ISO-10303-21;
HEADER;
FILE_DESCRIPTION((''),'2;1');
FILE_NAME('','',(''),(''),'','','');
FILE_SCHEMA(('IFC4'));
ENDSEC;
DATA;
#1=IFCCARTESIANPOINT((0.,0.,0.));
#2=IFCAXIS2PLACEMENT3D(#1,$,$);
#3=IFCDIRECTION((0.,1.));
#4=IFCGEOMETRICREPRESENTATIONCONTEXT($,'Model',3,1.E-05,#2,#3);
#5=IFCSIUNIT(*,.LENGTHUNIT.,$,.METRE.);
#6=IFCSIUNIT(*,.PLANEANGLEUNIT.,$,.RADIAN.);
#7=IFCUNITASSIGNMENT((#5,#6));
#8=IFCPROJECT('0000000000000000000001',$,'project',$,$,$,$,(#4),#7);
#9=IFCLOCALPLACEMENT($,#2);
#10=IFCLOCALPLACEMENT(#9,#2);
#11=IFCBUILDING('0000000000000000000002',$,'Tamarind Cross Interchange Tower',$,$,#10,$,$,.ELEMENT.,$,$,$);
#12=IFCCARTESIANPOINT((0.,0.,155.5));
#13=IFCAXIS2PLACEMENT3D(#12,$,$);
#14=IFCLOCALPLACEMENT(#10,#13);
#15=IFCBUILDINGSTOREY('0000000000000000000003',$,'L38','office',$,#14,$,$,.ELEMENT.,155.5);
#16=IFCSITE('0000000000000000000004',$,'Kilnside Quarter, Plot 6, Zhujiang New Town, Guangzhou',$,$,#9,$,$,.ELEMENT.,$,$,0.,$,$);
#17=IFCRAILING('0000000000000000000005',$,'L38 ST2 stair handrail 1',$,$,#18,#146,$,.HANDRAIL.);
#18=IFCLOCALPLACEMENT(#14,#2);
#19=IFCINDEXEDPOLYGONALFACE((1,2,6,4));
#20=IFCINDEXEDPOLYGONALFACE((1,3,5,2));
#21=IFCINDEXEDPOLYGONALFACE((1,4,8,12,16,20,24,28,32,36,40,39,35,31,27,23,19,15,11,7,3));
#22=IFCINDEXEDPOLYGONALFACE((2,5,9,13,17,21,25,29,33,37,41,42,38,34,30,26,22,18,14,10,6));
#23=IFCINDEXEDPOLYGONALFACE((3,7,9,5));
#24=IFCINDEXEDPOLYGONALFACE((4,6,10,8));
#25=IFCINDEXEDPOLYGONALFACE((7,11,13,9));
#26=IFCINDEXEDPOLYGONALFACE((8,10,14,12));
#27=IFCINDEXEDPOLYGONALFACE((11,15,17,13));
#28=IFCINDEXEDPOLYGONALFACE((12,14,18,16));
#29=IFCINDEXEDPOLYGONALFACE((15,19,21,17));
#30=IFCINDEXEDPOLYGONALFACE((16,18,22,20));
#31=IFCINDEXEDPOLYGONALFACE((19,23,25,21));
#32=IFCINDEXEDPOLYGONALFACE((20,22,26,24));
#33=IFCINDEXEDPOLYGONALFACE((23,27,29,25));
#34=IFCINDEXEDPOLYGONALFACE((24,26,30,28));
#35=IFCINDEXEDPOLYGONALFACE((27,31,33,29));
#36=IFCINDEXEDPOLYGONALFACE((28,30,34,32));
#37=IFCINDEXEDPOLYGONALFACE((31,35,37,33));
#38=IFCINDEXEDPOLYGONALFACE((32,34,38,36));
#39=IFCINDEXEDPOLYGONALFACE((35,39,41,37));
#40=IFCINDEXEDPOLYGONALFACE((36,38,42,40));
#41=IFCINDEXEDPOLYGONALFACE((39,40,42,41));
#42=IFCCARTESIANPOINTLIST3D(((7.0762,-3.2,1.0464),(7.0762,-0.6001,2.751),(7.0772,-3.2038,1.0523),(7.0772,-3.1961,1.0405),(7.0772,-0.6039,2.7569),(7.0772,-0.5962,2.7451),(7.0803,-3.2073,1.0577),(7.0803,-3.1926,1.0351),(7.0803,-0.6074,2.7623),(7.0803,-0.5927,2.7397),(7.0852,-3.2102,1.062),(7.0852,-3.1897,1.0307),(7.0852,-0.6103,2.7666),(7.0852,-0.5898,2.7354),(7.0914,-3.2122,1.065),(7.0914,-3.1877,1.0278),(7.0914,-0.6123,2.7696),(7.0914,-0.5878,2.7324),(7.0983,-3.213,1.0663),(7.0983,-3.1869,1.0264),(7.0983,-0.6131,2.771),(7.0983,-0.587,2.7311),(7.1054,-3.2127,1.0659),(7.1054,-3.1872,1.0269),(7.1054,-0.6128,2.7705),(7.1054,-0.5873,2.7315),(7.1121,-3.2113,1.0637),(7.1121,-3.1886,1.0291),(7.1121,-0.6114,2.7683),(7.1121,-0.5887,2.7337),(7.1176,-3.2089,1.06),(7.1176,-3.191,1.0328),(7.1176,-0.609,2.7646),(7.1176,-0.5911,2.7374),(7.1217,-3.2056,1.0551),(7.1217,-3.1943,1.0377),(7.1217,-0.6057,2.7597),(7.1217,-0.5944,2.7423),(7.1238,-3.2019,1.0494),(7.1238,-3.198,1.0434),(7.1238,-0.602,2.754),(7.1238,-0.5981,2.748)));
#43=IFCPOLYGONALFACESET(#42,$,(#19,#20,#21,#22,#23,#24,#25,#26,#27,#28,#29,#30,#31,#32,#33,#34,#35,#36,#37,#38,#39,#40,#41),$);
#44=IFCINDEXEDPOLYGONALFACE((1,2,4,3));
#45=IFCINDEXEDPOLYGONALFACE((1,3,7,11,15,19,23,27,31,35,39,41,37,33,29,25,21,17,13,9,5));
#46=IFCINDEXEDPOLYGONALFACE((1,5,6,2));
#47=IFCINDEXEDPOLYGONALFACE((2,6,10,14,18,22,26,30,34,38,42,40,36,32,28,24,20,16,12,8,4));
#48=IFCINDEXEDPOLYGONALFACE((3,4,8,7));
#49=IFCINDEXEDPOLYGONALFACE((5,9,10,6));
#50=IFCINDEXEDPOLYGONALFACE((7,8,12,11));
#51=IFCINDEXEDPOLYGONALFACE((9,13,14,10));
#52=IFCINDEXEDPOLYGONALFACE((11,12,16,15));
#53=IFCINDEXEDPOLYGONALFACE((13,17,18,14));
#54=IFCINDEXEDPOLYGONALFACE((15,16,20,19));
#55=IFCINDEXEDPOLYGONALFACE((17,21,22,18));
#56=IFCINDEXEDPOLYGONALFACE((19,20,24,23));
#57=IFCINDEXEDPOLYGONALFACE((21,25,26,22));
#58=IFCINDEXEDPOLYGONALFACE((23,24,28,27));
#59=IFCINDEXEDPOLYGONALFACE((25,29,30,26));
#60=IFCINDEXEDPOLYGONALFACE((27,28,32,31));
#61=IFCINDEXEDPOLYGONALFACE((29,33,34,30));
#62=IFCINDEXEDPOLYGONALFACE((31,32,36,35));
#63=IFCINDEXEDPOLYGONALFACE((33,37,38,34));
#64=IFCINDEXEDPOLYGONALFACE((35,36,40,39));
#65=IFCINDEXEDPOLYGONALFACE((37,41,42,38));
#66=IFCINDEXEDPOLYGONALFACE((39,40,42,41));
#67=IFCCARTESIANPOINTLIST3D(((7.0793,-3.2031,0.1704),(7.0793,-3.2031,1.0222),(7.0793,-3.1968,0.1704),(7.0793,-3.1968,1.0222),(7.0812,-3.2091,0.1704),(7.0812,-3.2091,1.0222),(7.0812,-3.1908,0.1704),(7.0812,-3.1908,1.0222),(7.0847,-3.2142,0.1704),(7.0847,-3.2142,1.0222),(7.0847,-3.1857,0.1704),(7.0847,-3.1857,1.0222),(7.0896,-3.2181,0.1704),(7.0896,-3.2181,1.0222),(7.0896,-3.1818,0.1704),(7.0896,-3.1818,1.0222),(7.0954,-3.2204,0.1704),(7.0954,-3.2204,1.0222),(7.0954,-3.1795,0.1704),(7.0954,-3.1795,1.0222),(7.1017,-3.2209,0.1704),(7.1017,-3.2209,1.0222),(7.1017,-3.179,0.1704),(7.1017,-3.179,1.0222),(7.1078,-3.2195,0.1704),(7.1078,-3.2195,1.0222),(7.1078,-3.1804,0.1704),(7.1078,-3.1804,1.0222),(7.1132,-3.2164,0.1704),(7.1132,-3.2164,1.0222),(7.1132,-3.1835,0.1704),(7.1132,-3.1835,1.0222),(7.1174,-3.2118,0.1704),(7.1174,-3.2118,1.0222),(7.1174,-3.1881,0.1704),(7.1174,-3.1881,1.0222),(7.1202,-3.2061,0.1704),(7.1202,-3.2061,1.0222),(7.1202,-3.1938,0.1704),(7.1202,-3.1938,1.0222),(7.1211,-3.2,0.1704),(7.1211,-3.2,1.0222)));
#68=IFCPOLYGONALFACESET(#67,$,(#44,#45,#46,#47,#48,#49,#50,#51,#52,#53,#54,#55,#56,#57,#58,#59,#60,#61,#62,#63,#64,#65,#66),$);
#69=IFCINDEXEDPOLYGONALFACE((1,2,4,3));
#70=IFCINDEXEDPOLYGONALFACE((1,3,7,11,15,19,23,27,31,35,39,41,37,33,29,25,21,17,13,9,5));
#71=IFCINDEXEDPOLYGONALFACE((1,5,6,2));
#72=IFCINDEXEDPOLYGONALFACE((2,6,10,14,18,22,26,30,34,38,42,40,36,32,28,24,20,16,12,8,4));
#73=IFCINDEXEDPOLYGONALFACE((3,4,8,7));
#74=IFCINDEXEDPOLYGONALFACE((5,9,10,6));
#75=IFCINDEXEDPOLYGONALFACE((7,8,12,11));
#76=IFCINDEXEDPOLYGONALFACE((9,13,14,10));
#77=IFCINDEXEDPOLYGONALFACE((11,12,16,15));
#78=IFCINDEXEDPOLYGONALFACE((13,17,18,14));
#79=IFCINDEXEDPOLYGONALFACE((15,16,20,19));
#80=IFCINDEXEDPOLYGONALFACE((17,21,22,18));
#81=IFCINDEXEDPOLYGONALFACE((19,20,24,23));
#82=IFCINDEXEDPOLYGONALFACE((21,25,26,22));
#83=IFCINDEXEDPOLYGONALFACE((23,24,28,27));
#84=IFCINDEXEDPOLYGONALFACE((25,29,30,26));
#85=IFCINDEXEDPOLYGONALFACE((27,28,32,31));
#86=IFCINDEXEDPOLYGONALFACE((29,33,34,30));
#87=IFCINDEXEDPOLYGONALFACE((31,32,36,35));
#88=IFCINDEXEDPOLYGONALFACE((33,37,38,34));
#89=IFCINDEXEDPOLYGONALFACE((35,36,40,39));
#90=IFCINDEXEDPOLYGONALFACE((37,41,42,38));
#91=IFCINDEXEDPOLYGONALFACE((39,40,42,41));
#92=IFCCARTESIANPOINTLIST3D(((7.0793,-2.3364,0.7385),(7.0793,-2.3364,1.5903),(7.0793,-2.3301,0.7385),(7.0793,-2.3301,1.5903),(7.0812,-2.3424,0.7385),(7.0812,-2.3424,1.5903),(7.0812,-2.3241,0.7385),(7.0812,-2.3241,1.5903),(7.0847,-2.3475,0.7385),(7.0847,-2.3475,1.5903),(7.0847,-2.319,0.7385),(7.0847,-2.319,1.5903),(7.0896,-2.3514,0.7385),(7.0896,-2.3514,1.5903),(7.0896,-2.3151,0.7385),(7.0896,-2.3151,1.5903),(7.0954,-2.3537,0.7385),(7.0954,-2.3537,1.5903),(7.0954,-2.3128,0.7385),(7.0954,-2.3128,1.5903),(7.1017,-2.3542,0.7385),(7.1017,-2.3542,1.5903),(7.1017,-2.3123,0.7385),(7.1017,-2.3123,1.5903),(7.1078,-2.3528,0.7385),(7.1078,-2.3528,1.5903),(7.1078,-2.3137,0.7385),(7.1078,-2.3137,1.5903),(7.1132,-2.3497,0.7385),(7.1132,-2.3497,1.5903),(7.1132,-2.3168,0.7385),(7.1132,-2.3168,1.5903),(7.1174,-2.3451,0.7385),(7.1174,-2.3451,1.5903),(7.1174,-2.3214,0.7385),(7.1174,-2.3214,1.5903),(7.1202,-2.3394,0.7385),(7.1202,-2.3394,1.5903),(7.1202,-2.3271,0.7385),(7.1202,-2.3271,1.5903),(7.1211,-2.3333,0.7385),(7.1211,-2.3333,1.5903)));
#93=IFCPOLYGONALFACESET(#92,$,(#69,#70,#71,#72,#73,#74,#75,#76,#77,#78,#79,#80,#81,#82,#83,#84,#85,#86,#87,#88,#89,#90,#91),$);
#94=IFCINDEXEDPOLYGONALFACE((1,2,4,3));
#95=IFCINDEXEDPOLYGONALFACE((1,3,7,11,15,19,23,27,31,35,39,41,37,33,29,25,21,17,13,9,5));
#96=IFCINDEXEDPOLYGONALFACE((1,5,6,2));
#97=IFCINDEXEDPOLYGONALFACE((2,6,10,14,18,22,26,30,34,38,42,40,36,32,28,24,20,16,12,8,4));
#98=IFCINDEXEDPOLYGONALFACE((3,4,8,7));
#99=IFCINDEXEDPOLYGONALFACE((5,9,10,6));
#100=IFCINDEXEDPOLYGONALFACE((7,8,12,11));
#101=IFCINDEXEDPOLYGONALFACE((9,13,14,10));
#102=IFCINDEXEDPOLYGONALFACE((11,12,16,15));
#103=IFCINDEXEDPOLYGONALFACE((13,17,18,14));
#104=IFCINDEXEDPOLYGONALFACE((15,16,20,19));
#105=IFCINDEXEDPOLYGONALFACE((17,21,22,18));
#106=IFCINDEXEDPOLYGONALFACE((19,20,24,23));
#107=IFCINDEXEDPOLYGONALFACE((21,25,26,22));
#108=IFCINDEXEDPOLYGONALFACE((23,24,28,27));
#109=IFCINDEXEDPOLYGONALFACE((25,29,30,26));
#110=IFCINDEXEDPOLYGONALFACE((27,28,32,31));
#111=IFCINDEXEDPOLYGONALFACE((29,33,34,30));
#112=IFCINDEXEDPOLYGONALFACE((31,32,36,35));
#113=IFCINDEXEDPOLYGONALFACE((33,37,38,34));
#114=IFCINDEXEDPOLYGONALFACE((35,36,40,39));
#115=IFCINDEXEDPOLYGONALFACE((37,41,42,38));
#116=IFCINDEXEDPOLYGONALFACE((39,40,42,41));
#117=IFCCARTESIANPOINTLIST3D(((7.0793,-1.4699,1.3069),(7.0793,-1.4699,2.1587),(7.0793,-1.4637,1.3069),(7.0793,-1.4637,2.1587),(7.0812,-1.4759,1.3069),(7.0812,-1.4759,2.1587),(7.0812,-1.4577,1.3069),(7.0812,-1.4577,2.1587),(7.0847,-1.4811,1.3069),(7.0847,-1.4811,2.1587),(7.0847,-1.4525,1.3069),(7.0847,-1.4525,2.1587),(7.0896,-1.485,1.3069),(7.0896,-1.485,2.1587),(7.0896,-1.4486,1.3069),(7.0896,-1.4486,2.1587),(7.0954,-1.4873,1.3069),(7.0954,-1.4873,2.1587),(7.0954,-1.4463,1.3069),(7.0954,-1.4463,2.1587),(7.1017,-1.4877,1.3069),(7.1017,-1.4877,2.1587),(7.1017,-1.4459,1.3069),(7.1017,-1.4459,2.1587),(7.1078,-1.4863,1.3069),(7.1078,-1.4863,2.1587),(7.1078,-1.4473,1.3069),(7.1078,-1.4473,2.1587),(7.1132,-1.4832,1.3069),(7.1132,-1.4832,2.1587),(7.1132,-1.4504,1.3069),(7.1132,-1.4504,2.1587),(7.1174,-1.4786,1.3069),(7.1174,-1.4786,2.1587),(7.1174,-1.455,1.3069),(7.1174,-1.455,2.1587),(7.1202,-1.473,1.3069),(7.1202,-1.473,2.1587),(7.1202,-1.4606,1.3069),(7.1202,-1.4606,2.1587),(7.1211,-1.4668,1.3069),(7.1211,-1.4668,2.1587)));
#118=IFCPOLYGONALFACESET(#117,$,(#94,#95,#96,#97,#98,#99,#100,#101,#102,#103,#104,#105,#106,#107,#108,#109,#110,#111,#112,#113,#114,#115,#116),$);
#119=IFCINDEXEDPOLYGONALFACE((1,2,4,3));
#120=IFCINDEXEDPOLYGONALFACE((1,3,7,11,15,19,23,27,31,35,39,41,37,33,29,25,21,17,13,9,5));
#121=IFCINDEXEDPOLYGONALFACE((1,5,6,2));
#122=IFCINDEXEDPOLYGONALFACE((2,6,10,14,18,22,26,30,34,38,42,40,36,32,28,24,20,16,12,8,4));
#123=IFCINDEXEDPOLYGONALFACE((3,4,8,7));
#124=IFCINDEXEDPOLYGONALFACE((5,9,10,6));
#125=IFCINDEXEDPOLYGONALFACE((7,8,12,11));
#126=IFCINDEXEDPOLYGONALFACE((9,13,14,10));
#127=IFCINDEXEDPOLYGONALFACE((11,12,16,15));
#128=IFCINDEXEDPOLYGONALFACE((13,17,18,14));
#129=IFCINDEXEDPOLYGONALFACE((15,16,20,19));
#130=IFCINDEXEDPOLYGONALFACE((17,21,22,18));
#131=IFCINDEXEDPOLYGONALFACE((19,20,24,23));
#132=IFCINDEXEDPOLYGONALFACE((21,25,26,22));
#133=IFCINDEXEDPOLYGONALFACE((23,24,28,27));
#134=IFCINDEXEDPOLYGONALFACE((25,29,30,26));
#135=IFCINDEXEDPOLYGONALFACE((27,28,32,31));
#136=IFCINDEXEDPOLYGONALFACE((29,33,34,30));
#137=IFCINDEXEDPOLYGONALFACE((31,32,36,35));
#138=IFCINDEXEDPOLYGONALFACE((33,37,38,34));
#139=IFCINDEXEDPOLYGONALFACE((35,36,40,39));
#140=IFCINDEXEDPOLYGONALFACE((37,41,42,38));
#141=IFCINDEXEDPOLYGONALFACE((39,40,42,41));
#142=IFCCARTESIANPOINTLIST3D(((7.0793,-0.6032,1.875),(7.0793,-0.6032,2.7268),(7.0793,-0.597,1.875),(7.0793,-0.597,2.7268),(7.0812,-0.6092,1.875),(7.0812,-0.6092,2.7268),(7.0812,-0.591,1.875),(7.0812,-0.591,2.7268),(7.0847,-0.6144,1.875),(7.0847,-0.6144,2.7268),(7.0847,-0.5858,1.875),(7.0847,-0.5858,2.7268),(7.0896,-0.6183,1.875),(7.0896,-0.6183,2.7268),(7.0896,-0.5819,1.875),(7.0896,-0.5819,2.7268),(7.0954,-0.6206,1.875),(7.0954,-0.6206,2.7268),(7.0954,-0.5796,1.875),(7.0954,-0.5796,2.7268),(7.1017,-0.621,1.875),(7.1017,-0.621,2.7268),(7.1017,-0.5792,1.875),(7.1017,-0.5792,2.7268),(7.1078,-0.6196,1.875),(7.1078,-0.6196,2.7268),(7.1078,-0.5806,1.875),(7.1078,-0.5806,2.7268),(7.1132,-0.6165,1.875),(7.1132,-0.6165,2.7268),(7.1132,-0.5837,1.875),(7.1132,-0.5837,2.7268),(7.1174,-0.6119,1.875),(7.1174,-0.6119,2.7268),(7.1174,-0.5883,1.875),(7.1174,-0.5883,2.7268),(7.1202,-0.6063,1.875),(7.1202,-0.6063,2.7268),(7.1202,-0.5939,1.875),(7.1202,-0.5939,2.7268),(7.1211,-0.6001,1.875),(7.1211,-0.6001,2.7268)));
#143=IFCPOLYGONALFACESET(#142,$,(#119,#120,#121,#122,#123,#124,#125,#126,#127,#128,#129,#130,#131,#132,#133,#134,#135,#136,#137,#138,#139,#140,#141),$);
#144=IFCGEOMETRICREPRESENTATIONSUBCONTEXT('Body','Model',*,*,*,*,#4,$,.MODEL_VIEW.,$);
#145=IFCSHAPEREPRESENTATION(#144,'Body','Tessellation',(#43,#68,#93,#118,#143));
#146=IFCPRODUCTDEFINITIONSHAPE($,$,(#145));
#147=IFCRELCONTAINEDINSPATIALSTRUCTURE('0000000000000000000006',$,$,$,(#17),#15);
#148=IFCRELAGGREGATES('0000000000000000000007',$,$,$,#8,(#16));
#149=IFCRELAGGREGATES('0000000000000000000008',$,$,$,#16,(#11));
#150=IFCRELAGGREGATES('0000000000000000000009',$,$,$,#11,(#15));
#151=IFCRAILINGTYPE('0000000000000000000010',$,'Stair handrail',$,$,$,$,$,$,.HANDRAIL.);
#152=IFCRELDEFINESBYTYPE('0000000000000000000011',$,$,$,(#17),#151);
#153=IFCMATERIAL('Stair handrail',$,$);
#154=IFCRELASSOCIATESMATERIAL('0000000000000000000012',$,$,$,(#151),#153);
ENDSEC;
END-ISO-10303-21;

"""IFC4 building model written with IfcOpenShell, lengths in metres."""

from ifc_helpers import new_model, si_unit, direction, frame, origin, origin_2d, place, context, subcontext, project, spatial, circle, extrude, material, type_object, element, save


model = new_model("IFC4")

# Units and contexts
model_context = context("Model", 3, precision=1e-05, world=origin(), true_north=direction((0.0, 1.0)))
body_context = subcontext(model_context, "Body", "Model", "MODEL_VIEW")
ifc_project = project(units=[si_unit("LENGTHUNIT", "METRE"), si_unit("PLANEANGLEUNIT", "RADIAN")], contexts=[model_context])

# Site, building, storey
site_placement = place(None, origin())
site = spatial("IfcSite", under=ifc_project, at=site_placement, Name="Kilnside Quarter, Plot 6, Zhujiang New Town, Guangzhou", CompositionType="ELEMENT", RefElevation=0.0)
building_placement = place(site_placement, origin())
building = spatial("IfcBuilding", under=site, at=building_placement, Name="Tamarind Cross Interchange Tower", CompositionType="ELEMENT")
storey_placement = place(building_placement, frame((0.0, 0.0, 155.5)))
storey = spatial("IfcBuildingStorey", under=building, at=storey_placement, Name="L38", Description="office", CompositionType="ELEMENT", Elevation=155.5)

# Railing
ifc_material_1 = material(Name="Stair handrail")
railing_type_1 = type_object("IfcRailingType", Name="Stair handrail", PredefinedType="HANDRAIL", material=ifc_material_1)
railing_1_placement = place(storey_placement, frame((7.1001, -3.2, 0.1704)))
element("IfcRailing", 1, at=railing_1_placement, inside=storey, type_object=railing_type_1, Name="L38 ST2 stair handrail 1", PredefinedType="HANDRAIL", context=body_context, shape_type="SweptSolid", body=[
    extrude(circle(Radius=0.0239, at=origin_2d()), frame((0.0, 0.0, 0.876), z_axis=(0.0, 0.836279, 0.548305), x_axis=(-1.0, 0.0, 0.0)), (0.0, 0.0, 1.0), 3.1089),
    extrude(circle(Radius=0.021, at=origin_2d()), origin(), (0.0, 0.0, 1.0), 0.8518),
    extrude(circle(Radius=0.021, at=origin_2d()), frame((0.0, 0.8667, 0.5681)), (0.0, 0.0, 1.0), 0.8518),
    extrude(circle(Radius=0.021, at=origin_2d()), frame((0.0, 1.7332, 1.1365)), (0.0, 0.0, 1.0), 0.8518),
    extrude(circle(Radius=0.021, at=origin_2d()), frame((0.0, 2.5999, 1.7046)), (0.0, 0.0, 1.0), 0.8518),
])

save(model, "model.ifc")
